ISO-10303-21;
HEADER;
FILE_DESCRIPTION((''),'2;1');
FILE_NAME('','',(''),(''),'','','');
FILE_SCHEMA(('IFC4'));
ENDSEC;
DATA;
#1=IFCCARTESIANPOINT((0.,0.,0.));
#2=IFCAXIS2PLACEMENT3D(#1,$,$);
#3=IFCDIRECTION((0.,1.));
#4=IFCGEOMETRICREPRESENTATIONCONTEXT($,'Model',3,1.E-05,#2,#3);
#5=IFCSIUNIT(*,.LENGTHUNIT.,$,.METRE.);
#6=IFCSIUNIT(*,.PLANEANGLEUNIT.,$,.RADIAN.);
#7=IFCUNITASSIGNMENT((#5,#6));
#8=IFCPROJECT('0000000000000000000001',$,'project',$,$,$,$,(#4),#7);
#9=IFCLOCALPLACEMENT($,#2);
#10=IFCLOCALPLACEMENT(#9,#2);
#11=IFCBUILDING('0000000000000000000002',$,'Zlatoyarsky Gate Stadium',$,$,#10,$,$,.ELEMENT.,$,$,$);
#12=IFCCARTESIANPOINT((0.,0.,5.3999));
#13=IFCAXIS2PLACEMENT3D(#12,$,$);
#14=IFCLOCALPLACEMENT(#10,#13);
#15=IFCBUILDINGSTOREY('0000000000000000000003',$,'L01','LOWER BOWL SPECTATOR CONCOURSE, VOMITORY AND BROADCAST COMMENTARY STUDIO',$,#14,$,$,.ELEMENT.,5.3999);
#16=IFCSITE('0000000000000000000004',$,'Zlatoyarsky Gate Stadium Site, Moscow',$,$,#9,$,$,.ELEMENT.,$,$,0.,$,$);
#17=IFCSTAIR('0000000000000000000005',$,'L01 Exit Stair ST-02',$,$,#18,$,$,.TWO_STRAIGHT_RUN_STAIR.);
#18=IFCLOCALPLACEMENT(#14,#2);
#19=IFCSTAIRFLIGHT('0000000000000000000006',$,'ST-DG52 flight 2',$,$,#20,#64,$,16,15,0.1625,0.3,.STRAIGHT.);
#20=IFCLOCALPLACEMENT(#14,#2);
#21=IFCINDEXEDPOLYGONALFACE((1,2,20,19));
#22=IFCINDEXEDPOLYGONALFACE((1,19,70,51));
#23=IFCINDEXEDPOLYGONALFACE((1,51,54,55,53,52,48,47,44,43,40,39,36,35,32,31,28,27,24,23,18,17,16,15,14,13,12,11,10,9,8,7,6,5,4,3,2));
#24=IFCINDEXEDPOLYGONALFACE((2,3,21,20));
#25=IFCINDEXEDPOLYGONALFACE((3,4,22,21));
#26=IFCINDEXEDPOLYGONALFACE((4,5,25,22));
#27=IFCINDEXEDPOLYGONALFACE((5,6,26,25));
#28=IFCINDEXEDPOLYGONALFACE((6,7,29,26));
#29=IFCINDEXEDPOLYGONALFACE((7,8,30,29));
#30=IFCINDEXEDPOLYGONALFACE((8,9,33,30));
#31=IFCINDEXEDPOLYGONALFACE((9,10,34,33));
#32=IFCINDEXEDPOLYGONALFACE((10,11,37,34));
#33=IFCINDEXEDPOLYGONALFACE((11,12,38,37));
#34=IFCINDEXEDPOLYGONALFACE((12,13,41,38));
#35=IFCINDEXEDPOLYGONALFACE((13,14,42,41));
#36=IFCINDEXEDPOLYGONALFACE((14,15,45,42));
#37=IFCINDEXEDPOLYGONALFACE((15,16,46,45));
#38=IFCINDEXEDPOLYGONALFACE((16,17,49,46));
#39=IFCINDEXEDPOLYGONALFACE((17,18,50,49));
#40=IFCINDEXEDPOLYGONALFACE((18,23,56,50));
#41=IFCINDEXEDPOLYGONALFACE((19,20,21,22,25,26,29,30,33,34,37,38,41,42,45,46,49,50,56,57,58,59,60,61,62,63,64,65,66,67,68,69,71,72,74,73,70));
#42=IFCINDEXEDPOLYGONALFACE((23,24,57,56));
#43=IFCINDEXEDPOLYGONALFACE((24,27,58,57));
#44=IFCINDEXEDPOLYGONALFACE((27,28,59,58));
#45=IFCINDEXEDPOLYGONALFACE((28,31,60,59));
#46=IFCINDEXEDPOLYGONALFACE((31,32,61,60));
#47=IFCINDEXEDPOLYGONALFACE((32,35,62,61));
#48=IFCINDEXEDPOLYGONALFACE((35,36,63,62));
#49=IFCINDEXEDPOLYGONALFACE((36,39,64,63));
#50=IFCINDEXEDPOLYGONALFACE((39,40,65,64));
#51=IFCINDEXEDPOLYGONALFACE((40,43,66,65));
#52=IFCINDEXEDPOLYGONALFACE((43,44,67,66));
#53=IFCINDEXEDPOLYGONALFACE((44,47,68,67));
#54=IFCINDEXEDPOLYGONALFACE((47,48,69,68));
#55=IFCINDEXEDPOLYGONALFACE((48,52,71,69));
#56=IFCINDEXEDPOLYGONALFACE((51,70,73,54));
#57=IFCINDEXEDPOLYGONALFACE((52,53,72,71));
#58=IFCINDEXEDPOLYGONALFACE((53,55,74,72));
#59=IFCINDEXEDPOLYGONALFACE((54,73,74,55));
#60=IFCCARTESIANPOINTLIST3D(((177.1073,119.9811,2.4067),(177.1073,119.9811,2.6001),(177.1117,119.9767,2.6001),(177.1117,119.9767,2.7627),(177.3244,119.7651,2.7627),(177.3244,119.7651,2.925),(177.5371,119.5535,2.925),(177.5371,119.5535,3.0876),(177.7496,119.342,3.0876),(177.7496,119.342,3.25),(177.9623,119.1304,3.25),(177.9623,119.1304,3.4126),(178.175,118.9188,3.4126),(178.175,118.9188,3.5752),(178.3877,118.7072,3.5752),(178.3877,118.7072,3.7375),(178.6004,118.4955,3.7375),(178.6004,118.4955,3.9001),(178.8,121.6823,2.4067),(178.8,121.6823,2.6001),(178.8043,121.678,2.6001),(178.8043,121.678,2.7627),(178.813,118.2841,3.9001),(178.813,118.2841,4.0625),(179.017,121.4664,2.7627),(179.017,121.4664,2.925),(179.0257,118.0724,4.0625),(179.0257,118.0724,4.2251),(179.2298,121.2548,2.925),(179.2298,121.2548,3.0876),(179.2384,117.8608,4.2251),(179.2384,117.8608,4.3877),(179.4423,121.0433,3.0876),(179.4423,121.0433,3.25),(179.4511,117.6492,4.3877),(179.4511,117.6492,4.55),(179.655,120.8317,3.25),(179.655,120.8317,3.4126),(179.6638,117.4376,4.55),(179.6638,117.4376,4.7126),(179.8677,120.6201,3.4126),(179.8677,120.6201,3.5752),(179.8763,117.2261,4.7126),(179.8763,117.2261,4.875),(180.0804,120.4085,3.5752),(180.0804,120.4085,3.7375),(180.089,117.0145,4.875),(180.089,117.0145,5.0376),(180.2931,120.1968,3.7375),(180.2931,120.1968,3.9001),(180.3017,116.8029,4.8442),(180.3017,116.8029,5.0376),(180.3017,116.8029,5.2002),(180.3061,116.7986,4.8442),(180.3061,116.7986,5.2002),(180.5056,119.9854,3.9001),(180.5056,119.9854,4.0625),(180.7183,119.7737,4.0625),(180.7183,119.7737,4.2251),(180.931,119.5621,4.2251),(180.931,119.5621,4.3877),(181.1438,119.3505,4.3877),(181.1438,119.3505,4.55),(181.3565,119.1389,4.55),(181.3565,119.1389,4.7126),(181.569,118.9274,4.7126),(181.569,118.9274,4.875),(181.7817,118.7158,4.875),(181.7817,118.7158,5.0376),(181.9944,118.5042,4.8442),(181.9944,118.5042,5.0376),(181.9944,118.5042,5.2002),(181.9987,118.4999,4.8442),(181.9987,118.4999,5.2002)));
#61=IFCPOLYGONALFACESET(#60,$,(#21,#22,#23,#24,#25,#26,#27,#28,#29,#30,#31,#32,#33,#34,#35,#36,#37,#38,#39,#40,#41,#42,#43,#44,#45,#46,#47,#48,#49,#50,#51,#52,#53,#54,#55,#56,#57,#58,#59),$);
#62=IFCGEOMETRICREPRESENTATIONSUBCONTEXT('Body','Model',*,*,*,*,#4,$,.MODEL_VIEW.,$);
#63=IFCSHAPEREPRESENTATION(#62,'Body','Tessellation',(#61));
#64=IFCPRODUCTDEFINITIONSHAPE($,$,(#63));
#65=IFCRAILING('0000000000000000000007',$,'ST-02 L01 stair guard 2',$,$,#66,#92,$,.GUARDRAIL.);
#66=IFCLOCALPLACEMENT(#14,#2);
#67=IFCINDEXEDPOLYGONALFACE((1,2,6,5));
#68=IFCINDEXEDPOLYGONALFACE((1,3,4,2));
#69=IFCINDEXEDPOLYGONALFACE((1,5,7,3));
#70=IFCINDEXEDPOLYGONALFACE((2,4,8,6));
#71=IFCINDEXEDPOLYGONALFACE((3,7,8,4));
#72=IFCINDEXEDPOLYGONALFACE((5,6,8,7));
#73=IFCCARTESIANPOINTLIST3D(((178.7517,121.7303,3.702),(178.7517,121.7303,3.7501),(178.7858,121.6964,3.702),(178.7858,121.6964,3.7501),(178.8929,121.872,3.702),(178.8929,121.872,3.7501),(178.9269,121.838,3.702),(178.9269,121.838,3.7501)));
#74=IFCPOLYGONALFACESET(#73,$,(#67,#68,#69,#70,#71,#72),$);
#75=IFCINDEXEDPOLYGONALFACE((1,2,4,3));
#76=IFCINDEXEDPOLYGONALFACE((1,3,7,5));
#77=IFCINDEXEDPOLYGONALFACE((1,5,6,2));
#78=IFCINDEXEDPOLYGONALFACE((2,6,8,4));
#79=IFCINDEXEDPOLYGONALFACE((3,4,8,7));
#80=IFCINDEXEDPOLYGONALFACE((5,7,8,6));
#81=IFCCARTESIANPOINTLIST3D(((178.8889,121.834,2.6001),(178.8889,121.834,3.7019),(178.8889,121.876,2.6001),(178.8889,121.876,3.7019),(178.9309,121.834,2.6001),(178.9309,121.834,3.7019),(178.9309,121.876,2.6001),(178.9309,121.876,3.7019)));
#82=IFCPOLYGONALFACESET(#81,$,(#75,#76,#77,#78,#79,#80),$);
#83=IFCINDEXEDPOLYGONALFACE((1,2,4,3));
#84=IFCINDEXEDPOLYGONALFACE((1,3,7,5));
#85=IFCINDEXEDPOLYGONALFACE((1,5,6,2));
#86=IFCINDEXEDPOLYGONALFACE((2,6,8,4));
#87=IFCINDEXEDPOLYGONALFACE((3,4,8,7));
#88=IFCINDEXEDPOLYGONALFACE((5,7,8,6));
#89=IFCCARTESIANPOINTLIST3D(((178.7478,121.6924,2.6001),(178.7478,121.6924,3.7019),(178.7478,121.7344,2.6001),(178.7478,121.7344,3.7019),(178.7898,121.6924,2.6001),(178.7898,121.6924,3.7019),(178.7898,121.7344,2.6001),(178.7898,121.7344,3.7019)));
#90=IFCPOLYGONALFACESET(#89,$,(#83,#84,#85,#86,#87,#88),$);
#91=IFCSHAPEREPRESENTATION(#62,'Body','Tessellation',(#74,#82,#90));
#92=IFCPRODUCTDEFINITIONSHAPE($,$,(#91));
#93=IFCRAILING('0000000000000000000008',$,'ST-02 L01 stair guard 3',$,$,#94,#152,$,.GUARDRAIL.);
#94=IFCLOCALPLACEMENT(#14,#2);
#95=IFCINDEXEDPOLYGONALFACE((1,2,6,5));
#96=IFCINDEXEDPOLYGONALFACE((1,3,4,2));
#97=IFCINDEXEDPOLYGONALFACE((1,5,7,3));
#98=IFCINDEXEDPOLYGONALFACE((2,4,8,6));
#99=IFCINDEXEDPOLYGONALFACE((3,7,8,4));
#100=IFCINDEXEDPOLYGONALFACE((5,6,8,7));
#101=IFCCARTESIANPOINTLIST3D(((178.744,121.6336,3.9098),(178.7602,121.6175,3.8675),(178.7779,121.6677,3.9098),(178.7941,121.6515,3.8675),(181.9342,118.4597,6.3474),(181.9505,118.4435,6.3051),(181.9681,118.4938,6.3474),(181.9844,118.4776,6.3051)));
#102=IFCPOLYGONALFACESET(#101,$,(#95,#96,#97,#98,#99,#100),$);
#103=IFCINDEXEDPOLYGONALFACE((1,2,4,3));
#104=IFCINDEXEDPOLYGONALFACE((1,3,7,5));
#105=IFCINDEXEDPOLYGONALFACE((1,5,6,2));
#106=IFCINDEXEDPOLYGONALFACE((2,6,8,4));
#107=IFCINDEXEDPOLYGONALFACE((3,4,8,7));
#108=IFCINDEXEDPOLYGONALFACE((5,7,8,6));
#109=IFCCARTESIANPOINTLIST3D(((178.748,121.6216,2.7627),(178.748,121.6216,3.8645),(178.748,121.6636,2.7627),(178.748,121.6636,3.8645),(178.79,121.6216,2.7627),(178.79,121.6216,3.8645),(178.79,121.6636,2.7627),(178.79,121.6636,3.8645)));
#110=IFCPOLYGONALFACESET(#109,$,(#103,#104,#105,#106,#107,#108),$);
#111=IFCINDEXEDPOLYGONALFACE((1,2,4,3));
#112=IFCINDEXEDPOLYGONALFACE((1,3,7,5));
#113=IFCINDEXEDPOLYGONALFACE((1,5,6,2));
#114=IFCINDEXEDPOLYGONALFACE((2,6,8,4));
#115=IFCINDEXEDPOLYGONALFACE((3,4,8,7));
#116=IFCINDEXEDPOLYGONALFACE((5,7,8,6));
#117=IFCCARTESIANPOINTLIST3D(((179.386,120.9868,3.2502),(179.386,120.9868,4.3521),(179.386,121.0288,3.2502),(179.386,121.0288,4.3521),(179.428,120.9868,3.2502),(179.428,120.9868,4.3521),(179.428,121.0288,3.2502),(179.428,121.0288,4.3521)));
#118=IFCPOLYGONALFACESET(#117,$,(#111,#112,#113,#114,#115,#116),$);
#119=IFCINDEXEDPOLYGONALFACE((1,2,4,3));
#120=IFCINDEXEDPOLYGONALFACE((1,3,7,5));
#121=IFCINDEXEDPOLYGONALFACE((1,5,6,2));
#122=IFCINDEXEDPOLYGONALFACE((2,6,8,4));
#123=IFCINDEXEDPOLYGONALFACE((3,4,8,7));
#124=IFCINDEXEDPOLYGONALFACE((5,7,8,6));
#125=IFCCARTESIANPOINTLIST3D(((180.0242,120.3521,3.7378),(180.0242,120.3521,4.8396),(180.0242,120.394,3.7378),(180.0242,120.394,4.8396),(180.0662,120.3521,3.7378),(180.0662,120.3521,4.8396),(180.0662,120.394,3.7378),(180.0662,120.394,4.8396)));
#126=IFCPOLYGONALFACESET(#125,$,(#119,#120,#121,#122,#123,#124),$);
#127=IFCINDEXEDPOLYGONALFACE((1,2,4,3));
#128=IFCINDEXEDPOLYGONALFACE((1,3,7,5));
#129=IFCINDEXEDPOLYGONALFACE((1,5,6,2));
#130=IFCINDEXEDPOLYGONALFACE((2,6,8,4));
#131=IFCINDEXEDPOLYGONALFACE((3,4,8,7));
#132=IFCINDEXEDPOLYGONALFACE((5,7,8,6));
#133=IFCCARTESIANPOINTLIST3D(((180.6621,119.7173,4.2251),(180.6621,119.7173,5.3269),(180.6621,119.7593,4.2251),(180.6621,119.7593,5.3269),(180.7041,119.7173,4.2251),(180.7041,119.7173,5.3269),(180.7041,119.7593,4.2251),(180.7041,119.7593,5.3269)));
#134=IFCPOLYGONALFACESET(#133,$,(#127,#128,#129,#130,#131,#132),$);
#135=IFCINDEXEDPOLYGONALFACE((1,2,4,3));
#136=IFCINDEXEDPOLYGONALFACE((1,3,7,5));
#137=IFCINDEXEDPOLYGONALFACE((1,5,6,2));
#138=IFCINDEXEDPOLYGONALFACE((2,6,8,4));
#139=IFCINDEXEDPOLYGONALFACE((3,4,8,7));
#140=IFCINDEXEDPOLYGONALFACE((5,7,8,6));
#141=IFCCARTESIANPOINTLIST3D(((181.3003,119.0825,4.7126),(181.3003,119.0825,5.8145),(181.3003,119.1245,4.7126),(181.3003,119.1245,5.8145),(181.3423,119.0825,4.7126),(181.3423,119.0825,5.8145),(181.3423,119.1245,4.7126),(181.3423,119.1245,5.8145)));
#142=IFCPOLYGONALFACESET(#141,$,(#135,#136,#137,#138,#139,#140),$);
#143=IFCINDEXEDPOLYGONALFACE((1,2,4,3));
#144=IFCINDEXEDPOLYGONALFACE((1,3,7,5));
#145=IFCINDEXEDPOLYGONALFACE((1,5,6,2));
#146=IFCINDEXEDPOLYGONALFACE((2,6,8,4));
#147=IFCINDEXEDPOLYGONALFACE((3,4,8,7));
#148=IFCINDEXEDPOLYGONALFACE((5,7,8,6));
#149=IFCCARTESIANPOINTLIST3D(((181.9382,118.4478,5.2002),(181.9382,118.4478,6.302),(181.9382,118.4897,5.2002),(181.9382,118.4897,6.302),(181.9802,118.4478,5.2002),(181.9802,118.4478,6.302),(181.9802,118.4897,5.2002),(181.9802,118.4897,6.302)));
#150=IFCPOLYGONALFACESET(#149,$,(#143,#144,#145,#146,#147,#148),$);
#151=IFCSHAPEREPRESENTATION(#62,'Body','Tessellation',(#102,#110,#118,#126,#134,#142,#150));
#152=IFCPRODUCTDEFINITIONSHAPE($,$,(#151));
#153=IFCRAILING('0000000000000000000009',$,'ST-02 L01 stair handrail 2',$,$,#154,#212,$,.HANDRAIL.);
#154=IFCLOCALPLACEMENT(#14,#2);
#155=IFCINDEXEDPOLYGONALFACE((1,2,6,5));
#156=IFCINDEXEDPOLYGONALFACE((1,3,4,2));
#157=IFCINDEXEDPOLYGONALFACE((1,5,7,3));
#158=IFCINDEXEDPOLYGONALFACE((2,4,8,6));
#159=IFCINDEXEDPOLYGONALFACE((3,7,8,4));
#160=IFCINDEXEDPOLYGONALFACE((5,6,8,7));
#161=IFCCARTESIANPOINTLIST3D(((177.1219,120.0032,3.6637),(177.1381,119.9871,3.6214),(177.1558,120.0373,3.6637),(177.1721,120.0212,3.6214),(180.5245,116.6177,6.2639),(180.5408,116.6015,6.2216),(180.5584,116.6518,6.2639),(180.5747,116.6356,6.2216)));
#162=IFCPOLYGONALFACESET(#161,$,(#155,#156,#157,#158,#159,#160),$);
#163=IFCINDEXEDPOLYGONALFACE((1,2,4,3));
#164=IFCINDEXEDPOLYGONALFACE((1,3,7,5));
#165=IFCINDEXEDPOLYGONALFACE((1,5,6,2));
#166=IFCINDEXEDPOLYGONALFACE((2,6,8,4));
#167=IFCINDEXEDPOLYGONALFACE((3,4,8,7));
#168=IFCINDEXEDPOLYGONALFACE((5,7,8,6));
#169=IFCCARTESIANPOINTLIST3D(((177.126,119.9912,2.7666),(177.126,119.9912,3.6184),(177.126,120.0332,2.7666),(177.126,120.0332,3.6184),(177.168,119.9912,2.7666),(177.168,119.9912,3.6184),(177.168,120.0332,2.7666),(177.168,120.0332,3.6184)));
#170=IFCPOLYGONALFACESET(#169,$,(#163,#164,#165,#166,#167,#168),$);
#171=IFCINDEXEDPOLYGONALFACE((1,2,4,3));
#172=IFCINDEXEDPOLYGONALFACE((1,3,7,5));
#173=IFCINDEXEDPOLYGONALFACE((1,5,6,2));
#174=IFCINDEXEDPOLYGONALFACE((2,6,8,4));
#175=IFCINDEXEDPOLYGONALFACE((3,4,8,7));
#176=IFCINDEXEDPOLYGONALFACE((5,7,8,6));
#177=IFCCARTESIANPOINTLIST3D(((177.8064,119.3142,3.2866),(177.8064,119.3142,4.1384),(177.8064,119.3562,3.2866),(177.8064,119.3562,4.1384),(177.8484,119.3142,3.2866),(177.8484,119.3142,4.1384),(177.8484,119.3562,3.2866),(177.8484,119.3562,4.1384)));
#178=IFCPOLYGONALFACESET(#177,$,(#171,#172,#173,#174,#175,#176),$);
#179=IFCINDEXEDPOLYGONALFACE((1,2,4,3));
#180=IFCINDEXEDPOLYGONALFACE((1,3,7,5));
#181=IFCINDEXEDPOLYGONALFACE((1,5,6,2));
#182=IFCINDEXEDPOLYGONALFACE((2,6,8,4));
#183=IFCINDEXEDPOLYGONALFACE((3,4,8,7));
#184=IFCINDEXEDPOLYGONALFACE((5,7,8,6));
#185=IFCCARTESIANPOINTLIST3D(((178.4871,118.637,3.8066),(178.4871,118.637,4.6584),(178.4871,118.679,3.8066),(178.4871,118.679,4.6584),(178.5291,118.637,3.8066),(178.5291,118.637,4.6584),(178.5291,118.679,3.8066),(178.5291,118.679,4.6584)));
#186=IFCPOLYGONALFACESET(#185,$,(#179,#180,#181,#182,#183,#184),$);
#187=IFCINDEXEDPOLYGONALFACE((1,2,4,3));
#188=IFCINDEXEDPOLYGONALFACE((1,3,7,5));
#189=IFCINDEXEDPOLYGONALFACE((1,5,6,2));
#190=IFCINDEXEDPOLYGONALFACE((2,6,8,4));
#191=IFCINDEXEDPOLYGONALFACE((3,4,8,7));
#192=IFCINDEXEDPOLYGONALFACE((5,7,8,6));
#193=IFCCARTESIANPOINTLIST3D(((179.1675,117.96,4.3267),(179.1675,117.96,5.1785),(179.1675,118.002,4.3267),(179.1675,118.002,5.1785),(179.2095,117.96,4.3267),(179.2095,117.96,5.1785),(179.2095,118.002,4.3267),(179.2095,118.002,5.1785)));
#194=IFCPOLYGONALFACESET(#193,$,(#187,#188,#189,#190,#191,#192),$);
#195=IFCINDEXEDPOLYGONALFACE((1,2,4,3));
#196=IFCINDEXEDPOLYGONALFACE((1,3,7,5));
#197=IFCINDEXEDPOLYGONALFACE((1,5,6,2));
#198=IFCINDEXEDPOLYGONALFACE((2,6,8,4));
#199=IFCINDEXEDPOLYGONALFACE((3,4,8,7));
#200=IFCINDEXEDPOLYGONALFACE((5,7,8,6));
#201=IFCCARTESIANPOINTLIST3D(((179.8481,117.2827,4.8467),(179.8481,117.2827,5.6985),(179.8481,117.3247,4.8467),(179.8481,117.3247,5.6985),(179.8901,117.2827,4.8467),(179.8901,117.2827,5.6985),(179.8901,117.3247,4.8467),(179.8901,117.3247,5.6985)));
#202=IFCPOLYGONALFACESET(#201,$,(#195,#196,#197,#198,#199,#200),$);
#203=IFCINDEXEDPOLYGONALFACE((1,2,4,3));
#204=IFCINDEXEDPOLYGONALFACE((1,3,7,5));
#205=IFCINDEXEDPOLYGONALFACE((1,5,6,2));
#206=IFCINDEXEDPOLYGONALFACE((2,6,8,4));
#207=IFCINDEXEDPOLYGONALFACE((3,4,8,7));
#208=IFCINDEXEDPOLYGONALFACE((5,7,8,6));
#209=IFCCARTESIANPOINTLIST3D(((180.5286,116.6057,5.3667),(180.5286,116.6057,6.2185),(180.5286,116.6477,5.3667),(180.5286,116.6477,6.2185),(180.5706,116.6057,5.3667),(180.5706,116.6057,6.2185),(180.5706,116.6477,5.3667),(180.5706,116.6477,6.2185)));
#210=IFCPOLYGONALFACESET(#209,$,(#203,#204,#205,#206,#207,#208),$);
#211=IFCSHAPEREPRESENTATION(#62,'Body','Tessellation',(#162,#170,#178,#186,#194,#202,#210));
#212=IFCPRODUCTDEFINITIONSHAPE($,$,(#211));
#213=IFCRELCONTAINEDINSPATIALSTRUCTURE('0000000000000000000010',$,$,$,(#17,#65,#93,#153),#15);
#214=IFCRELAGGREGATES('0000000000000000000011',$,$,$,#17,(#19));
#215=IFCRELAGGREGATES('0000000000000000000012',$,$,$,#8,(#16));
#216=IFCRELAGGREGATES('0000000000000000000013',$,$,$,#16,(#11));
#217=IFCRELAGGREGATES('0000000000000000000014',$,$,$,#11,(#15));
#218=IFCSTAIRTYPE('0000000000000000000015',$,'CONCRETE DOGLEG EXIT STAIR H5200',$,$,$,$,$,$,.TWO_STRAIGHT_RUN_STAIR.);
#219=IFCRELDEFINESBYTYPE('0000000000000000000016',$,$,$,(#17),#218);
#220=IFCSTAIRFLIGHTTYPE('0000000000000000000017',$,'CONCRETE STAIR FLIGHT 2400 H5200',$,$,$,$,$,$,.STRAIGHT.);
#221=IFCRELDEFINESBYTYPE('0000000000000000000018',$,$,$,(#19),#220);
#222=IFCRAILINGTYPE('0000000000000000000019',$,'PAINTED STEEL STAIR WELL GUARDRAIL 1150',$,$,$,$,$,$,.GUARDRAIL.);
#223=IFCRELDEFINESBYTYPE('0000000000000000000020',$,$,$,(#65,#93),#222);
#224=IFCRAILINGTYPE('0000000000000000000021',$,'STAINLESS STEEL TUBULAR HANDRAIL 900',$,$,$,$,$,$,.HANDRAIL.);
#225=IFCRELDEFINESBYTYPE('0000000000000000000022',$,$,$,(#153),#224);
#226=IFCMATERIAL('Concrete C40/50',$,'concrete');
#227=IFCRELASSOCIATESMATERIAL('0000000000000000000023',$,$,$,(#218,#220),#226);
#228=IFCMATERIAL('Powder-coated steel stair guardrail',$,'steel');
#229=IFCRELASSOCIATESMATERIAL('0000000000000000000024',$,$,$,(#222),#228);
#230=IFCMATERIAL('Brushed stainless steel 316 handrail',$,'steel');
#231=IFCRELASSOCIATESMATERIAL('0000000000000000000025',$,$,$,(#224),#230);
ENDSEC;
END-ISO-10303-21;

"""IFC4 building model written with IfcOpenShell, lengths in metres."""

from ifc_helpers import new_model, si_unit, direction, frame, origin, origin_2d, place, context, subcontext, project, spatial, polyline, rectangle, outline, extrude, material, type_object, element, aggregate, save


model = new_model("IFC4")

# Units and contexts
model_context = context("Model", 3, precision=1e-05, world=origin(), true_north=direction((0.0, 1.0)))
body_context = subcontext(model_context, "Body", "Model", "MODEL_VIEW")
ifc_project = project(units=[si_unit("LENGTHUNIT", "METRE"), si_unit("PLANEANGLEUNIT", "RADIAN")], contexts=[model_context])

# Site, building, storey
site_placement = place(None, origin())
site = spatial("IfcSite", under=ifc_project, at=site_placement, Name="Zlatoyarsky Gate Stadium Site, Moscow", CompositionType="ELEMENT", RefElevation=0.0)
building_placement = place(site_placement, origin())
building = spatial("IfcBuilding", under=site, at=building_placement, Name="Zlatoyarsky Gate Stadium", CompositionType="ELEMENT")
storey_placement = place(building_placement, frame((0.0, 0.0, 5.3999)))
storey = spatial("IfcBuildingStorey", under=building, at=storey_placement, Name="L01", Description="LOWER BOWL SPECTATOR CONCOURSE, VOMITORY AND BROADCAST COMMENTARY STUDIO", CompositionType="ELEMENT", Elevation=5.3999)

# Shared definitions
ifc_material_1 = material(Name="Concrete C40/50", Category="concrete")

# Stair, stair flight
stair_type = type_object("IfcStairType", Name="CONCRETE DOGLEG EXIT STAIR H5200", PredefinedType="TWO_STRAIGHT_RUN_STAIR", material=ifc_material_1)
stair_placement = place(storey_placement, origin())
stair = element("IfcStair", 1, at=stair_placement, inside=storey, type_object=stair_type, Name="L01 Exit Stair ST-02", PredefinedType="TWO_STRAIGHT_RUN_STAIR")
stair_flight_type = type_object("IfcStairFlightType", Name="CONCRETE STAIR FLIGHT 2400 H5200", PredefinedType="STRAIGHT", material=ifc_material_1)
stair_flight_placement = place(storey_placement, frame((177.958, 120.8274, 2.6001), z_axis=(0.0, 0.0, 1.0), x_axis=(0.708901, -0.705308, 0.0)))
stair_flight = element("IfcStairFlight", 2, at=stair_flight_placement, type_object=stair_flight_type, Name="ST-DG52 flight 2", NumberOfRisers=16, NumberOfTreads=15, PredefinedType="STRAIGHT", RiserHeight=0.1625, TreadLength=0.3, context=body_context, shape_type="SweptSolid", body=[
    extrude(outline(polyline([(-0.0061, -0.1934), (-0.0061, 0.0), (0.0, 0.0), (0.0, 0.1626), (0.3, 0.1626), (0.3, 0.325), (0.6001, 0.325), (0.6001, 0.4875), (0.8999, 0.4875), (0.8999, 0.6499), (1.2, 0.6499), (1.2, 0.8125), (1.5, 0.8125), (1.5, 0.9751), (1.8, 0.9751), (1.8, 1.1375), (2.1001, 1.1375), (2.1001, 1.3), (2.3999, 1.3), (2.3999, 1.4624), (2.7, 1.4624), (2.7, 1.625), (3.0, 1.625), (3.0, 1.7876), (3.3, 1.7876), (3.3, 1.95), (3.6001, 1.95), (3.6001, 2.1125), (3.8999, 2.1125), (3.8999, 2.2749), (4.2, 2.2749), (4.2, 2.4375), (4.5, 2.4375), (4.5, 2.6001), (4.5061, 2.6001), (4.5061, 2.2441), (4.5, 2.2441), (-0.0061, -0.1934)])), frame((0.0, 1.2, 0.0), z_axis=(0.0, -1.0, 0.0), x_axis=(1.0, 0.0, 0.0)), (0.0, 0.0, 1.0), 2.3999),
])
aggregate(stair, [stair_flight])

# Railings
ifc_material_2 = material(Name="Powder-coated steel stair guardrail", Category="steel")
railing_type_1 = type_object("IfcRailingType", Name="PAINTED STEEL STAIR WELL GUARDRAIL 1150", PredefinedType="GUARDRAIL", material=ifc_material_2)
railing_1_placement = place(storey_placement, frame((178.9099, 121.855, 2.6001)))
element("IfcRailing", 3, at=railing_1_placement, inside=storey, type_object=railing_type_1, Name="ST-02 L01 stair guard 2", PredefinedType="GUARDRAIL", context=body_context, shape_type="SweptSolid", body=[
    extrude(rectangle(XDim=0.0481, YDim=0.0481, at=origin_2d()), frame((0.0, 0.0, 1.126), z_axis=(-0.705884, -0.708327, 0.0), x_axis=(0.708327, -0.705884, 0.0)), (0.0, 0.0, 1.0), 0.2),
    extrude(rectangle(XDim=0.042, YDim=0.042, at=origin_2d()), origin(), (0.0, 0.0, 1.0), 1.1018),
    extrude(rectangle(XDim=0.042, YDim=0.042, at=origin_2d()), frame((-0.1411, -0.1416, 0.0)), (0.0, 0.0, 1.0), 1.1018),
])
railing_2_placement = place(storey_placement, frame((178.769, 121.6426, 2.7627)))
element("IfcRailing", 4, at=railing_2_placement, inside=storey, type_object=railing_type_1, Name="ST-02 L01 stair guard 3", PredefinedType="GUARDRAIL", context=body_context, shape_type="SweptSolid", body=[
    extrude(rectangle(XDim=0.0481, YDim=0.0481, at=origin_2d()), frame((0.0, 0.0, 1.126), z_axis=(0.623351, -0.620155, 0.476279), x_axis=(0.705287, 0.708922, 0.0)), (0.0, 0.0, 1.0), 5.1179),
    extrude(rectangle(XDim=0.042, YDim=0.042, at=origin_2d()), origin(), (0.0, 0.0, 1.0), 1.1018),
    extrude(rectangle(XDim=0.042, YDim=0.042, at=origin_2d()), frame((0.6379, -0.6348, 0.4875)), (0.0, 0.0, 1.0), 1.1018),
    extrude(rectangle(XDim=0.042, YDim=0.042, at=origin_2d()), frame((1.2761, -1.2695, 0.9751)), (0.0, 0.0, 1.0), 1.1018),
    extrude(rectangle(XDim=0.042, YDim=0.042, at=origin_2d()), frame((1.9141, -1.9043, 1.4624)), (0.0, 0.0, 1.0), 1.1018),
    extrude(rectangle(XDim=0.042, YDim=0.042, at=origin_2d()), frame((2.5522, -2.5391, 1.95)), (0.0, 0.0, 1.0), 1.1018),
    extrude(rectangle(XDim=0.042, YDim=0.042, at=origin_2d()), frame((3.1902, -3.1738, 2.4375)), (0.0, 0.0, 1.0), 1.1018),
])
ifc_material_3 = material(Name="Brushed stainless steel 316 handrail", Category="steel")
railing_type_2 = type_object("IfcRailingType", Name="STAINLESS STEEL TUBULAR HANDRAIL 900", PredefinedType="HANDRAIL", material=ifc_material_3)
railing_3_placement = place(storey_placement, frame((177.147, 120.0122, 2.7666)))
element("IfcRailing", 5, at=railing_3_placement, inside=storey, type_object=railing_type_2, Name="ST-02 L01 stair handrail 2", PredefinedType="HANDRAIL", context=body_context, shape_type="SweptSolid", body=[
    extrude(rectangle(XDim=0.0481, YDim=0.0481, at=origin_2d()), frame((0.0, 0.0, 0.876), z_axis=(0.623309, -0.620178, 0.476303), x_axis=(0.705324, 0.708885, 0.0)), (0.0, 0.0, 1.0), 5.459),
    extrude(rectangle(XDim=0.042, YDim=0.042, at=origin_2d()), origin(), (0.0, 0.0, 1.0), 0.8518),
    extrude(rectangle(XDim=0.042, YDim=0.042, at=origin_2d()), frame((0.6804, -0.677, 0.52)), (0.0, 0.0, 1.0), 0.8518),
    extrude(rectangle(XDim=0.042, YDim=0.042, at=origin_2d()), frame((1.3611, -1.3542, 1.04)), (0.0, 0.0, 1.0), 0.8518),
    extrude(rectangle(XDim=0.042, YDim=0.042, at=origin_2d()), frame((2.0415, -2.0312, 1.5601)), (0.0, 0.0, 1.0), 0.8518),
    extrude(rectangle(XDim=0.042, YDim=0.042, at=origin_2d()), frame((2.7222, -2.7085, 2.0801)), (0.0, 0.0, 1.0), 0.8518),
    extrude(rectangle(XDim=0.042, YDim=0.042, at=origin_2d()), frame((3.4026, -3.3855, 2.6001)), (0.0, 0.0, 1.0), 0.8518),
])

save(model, "model.ifc")
